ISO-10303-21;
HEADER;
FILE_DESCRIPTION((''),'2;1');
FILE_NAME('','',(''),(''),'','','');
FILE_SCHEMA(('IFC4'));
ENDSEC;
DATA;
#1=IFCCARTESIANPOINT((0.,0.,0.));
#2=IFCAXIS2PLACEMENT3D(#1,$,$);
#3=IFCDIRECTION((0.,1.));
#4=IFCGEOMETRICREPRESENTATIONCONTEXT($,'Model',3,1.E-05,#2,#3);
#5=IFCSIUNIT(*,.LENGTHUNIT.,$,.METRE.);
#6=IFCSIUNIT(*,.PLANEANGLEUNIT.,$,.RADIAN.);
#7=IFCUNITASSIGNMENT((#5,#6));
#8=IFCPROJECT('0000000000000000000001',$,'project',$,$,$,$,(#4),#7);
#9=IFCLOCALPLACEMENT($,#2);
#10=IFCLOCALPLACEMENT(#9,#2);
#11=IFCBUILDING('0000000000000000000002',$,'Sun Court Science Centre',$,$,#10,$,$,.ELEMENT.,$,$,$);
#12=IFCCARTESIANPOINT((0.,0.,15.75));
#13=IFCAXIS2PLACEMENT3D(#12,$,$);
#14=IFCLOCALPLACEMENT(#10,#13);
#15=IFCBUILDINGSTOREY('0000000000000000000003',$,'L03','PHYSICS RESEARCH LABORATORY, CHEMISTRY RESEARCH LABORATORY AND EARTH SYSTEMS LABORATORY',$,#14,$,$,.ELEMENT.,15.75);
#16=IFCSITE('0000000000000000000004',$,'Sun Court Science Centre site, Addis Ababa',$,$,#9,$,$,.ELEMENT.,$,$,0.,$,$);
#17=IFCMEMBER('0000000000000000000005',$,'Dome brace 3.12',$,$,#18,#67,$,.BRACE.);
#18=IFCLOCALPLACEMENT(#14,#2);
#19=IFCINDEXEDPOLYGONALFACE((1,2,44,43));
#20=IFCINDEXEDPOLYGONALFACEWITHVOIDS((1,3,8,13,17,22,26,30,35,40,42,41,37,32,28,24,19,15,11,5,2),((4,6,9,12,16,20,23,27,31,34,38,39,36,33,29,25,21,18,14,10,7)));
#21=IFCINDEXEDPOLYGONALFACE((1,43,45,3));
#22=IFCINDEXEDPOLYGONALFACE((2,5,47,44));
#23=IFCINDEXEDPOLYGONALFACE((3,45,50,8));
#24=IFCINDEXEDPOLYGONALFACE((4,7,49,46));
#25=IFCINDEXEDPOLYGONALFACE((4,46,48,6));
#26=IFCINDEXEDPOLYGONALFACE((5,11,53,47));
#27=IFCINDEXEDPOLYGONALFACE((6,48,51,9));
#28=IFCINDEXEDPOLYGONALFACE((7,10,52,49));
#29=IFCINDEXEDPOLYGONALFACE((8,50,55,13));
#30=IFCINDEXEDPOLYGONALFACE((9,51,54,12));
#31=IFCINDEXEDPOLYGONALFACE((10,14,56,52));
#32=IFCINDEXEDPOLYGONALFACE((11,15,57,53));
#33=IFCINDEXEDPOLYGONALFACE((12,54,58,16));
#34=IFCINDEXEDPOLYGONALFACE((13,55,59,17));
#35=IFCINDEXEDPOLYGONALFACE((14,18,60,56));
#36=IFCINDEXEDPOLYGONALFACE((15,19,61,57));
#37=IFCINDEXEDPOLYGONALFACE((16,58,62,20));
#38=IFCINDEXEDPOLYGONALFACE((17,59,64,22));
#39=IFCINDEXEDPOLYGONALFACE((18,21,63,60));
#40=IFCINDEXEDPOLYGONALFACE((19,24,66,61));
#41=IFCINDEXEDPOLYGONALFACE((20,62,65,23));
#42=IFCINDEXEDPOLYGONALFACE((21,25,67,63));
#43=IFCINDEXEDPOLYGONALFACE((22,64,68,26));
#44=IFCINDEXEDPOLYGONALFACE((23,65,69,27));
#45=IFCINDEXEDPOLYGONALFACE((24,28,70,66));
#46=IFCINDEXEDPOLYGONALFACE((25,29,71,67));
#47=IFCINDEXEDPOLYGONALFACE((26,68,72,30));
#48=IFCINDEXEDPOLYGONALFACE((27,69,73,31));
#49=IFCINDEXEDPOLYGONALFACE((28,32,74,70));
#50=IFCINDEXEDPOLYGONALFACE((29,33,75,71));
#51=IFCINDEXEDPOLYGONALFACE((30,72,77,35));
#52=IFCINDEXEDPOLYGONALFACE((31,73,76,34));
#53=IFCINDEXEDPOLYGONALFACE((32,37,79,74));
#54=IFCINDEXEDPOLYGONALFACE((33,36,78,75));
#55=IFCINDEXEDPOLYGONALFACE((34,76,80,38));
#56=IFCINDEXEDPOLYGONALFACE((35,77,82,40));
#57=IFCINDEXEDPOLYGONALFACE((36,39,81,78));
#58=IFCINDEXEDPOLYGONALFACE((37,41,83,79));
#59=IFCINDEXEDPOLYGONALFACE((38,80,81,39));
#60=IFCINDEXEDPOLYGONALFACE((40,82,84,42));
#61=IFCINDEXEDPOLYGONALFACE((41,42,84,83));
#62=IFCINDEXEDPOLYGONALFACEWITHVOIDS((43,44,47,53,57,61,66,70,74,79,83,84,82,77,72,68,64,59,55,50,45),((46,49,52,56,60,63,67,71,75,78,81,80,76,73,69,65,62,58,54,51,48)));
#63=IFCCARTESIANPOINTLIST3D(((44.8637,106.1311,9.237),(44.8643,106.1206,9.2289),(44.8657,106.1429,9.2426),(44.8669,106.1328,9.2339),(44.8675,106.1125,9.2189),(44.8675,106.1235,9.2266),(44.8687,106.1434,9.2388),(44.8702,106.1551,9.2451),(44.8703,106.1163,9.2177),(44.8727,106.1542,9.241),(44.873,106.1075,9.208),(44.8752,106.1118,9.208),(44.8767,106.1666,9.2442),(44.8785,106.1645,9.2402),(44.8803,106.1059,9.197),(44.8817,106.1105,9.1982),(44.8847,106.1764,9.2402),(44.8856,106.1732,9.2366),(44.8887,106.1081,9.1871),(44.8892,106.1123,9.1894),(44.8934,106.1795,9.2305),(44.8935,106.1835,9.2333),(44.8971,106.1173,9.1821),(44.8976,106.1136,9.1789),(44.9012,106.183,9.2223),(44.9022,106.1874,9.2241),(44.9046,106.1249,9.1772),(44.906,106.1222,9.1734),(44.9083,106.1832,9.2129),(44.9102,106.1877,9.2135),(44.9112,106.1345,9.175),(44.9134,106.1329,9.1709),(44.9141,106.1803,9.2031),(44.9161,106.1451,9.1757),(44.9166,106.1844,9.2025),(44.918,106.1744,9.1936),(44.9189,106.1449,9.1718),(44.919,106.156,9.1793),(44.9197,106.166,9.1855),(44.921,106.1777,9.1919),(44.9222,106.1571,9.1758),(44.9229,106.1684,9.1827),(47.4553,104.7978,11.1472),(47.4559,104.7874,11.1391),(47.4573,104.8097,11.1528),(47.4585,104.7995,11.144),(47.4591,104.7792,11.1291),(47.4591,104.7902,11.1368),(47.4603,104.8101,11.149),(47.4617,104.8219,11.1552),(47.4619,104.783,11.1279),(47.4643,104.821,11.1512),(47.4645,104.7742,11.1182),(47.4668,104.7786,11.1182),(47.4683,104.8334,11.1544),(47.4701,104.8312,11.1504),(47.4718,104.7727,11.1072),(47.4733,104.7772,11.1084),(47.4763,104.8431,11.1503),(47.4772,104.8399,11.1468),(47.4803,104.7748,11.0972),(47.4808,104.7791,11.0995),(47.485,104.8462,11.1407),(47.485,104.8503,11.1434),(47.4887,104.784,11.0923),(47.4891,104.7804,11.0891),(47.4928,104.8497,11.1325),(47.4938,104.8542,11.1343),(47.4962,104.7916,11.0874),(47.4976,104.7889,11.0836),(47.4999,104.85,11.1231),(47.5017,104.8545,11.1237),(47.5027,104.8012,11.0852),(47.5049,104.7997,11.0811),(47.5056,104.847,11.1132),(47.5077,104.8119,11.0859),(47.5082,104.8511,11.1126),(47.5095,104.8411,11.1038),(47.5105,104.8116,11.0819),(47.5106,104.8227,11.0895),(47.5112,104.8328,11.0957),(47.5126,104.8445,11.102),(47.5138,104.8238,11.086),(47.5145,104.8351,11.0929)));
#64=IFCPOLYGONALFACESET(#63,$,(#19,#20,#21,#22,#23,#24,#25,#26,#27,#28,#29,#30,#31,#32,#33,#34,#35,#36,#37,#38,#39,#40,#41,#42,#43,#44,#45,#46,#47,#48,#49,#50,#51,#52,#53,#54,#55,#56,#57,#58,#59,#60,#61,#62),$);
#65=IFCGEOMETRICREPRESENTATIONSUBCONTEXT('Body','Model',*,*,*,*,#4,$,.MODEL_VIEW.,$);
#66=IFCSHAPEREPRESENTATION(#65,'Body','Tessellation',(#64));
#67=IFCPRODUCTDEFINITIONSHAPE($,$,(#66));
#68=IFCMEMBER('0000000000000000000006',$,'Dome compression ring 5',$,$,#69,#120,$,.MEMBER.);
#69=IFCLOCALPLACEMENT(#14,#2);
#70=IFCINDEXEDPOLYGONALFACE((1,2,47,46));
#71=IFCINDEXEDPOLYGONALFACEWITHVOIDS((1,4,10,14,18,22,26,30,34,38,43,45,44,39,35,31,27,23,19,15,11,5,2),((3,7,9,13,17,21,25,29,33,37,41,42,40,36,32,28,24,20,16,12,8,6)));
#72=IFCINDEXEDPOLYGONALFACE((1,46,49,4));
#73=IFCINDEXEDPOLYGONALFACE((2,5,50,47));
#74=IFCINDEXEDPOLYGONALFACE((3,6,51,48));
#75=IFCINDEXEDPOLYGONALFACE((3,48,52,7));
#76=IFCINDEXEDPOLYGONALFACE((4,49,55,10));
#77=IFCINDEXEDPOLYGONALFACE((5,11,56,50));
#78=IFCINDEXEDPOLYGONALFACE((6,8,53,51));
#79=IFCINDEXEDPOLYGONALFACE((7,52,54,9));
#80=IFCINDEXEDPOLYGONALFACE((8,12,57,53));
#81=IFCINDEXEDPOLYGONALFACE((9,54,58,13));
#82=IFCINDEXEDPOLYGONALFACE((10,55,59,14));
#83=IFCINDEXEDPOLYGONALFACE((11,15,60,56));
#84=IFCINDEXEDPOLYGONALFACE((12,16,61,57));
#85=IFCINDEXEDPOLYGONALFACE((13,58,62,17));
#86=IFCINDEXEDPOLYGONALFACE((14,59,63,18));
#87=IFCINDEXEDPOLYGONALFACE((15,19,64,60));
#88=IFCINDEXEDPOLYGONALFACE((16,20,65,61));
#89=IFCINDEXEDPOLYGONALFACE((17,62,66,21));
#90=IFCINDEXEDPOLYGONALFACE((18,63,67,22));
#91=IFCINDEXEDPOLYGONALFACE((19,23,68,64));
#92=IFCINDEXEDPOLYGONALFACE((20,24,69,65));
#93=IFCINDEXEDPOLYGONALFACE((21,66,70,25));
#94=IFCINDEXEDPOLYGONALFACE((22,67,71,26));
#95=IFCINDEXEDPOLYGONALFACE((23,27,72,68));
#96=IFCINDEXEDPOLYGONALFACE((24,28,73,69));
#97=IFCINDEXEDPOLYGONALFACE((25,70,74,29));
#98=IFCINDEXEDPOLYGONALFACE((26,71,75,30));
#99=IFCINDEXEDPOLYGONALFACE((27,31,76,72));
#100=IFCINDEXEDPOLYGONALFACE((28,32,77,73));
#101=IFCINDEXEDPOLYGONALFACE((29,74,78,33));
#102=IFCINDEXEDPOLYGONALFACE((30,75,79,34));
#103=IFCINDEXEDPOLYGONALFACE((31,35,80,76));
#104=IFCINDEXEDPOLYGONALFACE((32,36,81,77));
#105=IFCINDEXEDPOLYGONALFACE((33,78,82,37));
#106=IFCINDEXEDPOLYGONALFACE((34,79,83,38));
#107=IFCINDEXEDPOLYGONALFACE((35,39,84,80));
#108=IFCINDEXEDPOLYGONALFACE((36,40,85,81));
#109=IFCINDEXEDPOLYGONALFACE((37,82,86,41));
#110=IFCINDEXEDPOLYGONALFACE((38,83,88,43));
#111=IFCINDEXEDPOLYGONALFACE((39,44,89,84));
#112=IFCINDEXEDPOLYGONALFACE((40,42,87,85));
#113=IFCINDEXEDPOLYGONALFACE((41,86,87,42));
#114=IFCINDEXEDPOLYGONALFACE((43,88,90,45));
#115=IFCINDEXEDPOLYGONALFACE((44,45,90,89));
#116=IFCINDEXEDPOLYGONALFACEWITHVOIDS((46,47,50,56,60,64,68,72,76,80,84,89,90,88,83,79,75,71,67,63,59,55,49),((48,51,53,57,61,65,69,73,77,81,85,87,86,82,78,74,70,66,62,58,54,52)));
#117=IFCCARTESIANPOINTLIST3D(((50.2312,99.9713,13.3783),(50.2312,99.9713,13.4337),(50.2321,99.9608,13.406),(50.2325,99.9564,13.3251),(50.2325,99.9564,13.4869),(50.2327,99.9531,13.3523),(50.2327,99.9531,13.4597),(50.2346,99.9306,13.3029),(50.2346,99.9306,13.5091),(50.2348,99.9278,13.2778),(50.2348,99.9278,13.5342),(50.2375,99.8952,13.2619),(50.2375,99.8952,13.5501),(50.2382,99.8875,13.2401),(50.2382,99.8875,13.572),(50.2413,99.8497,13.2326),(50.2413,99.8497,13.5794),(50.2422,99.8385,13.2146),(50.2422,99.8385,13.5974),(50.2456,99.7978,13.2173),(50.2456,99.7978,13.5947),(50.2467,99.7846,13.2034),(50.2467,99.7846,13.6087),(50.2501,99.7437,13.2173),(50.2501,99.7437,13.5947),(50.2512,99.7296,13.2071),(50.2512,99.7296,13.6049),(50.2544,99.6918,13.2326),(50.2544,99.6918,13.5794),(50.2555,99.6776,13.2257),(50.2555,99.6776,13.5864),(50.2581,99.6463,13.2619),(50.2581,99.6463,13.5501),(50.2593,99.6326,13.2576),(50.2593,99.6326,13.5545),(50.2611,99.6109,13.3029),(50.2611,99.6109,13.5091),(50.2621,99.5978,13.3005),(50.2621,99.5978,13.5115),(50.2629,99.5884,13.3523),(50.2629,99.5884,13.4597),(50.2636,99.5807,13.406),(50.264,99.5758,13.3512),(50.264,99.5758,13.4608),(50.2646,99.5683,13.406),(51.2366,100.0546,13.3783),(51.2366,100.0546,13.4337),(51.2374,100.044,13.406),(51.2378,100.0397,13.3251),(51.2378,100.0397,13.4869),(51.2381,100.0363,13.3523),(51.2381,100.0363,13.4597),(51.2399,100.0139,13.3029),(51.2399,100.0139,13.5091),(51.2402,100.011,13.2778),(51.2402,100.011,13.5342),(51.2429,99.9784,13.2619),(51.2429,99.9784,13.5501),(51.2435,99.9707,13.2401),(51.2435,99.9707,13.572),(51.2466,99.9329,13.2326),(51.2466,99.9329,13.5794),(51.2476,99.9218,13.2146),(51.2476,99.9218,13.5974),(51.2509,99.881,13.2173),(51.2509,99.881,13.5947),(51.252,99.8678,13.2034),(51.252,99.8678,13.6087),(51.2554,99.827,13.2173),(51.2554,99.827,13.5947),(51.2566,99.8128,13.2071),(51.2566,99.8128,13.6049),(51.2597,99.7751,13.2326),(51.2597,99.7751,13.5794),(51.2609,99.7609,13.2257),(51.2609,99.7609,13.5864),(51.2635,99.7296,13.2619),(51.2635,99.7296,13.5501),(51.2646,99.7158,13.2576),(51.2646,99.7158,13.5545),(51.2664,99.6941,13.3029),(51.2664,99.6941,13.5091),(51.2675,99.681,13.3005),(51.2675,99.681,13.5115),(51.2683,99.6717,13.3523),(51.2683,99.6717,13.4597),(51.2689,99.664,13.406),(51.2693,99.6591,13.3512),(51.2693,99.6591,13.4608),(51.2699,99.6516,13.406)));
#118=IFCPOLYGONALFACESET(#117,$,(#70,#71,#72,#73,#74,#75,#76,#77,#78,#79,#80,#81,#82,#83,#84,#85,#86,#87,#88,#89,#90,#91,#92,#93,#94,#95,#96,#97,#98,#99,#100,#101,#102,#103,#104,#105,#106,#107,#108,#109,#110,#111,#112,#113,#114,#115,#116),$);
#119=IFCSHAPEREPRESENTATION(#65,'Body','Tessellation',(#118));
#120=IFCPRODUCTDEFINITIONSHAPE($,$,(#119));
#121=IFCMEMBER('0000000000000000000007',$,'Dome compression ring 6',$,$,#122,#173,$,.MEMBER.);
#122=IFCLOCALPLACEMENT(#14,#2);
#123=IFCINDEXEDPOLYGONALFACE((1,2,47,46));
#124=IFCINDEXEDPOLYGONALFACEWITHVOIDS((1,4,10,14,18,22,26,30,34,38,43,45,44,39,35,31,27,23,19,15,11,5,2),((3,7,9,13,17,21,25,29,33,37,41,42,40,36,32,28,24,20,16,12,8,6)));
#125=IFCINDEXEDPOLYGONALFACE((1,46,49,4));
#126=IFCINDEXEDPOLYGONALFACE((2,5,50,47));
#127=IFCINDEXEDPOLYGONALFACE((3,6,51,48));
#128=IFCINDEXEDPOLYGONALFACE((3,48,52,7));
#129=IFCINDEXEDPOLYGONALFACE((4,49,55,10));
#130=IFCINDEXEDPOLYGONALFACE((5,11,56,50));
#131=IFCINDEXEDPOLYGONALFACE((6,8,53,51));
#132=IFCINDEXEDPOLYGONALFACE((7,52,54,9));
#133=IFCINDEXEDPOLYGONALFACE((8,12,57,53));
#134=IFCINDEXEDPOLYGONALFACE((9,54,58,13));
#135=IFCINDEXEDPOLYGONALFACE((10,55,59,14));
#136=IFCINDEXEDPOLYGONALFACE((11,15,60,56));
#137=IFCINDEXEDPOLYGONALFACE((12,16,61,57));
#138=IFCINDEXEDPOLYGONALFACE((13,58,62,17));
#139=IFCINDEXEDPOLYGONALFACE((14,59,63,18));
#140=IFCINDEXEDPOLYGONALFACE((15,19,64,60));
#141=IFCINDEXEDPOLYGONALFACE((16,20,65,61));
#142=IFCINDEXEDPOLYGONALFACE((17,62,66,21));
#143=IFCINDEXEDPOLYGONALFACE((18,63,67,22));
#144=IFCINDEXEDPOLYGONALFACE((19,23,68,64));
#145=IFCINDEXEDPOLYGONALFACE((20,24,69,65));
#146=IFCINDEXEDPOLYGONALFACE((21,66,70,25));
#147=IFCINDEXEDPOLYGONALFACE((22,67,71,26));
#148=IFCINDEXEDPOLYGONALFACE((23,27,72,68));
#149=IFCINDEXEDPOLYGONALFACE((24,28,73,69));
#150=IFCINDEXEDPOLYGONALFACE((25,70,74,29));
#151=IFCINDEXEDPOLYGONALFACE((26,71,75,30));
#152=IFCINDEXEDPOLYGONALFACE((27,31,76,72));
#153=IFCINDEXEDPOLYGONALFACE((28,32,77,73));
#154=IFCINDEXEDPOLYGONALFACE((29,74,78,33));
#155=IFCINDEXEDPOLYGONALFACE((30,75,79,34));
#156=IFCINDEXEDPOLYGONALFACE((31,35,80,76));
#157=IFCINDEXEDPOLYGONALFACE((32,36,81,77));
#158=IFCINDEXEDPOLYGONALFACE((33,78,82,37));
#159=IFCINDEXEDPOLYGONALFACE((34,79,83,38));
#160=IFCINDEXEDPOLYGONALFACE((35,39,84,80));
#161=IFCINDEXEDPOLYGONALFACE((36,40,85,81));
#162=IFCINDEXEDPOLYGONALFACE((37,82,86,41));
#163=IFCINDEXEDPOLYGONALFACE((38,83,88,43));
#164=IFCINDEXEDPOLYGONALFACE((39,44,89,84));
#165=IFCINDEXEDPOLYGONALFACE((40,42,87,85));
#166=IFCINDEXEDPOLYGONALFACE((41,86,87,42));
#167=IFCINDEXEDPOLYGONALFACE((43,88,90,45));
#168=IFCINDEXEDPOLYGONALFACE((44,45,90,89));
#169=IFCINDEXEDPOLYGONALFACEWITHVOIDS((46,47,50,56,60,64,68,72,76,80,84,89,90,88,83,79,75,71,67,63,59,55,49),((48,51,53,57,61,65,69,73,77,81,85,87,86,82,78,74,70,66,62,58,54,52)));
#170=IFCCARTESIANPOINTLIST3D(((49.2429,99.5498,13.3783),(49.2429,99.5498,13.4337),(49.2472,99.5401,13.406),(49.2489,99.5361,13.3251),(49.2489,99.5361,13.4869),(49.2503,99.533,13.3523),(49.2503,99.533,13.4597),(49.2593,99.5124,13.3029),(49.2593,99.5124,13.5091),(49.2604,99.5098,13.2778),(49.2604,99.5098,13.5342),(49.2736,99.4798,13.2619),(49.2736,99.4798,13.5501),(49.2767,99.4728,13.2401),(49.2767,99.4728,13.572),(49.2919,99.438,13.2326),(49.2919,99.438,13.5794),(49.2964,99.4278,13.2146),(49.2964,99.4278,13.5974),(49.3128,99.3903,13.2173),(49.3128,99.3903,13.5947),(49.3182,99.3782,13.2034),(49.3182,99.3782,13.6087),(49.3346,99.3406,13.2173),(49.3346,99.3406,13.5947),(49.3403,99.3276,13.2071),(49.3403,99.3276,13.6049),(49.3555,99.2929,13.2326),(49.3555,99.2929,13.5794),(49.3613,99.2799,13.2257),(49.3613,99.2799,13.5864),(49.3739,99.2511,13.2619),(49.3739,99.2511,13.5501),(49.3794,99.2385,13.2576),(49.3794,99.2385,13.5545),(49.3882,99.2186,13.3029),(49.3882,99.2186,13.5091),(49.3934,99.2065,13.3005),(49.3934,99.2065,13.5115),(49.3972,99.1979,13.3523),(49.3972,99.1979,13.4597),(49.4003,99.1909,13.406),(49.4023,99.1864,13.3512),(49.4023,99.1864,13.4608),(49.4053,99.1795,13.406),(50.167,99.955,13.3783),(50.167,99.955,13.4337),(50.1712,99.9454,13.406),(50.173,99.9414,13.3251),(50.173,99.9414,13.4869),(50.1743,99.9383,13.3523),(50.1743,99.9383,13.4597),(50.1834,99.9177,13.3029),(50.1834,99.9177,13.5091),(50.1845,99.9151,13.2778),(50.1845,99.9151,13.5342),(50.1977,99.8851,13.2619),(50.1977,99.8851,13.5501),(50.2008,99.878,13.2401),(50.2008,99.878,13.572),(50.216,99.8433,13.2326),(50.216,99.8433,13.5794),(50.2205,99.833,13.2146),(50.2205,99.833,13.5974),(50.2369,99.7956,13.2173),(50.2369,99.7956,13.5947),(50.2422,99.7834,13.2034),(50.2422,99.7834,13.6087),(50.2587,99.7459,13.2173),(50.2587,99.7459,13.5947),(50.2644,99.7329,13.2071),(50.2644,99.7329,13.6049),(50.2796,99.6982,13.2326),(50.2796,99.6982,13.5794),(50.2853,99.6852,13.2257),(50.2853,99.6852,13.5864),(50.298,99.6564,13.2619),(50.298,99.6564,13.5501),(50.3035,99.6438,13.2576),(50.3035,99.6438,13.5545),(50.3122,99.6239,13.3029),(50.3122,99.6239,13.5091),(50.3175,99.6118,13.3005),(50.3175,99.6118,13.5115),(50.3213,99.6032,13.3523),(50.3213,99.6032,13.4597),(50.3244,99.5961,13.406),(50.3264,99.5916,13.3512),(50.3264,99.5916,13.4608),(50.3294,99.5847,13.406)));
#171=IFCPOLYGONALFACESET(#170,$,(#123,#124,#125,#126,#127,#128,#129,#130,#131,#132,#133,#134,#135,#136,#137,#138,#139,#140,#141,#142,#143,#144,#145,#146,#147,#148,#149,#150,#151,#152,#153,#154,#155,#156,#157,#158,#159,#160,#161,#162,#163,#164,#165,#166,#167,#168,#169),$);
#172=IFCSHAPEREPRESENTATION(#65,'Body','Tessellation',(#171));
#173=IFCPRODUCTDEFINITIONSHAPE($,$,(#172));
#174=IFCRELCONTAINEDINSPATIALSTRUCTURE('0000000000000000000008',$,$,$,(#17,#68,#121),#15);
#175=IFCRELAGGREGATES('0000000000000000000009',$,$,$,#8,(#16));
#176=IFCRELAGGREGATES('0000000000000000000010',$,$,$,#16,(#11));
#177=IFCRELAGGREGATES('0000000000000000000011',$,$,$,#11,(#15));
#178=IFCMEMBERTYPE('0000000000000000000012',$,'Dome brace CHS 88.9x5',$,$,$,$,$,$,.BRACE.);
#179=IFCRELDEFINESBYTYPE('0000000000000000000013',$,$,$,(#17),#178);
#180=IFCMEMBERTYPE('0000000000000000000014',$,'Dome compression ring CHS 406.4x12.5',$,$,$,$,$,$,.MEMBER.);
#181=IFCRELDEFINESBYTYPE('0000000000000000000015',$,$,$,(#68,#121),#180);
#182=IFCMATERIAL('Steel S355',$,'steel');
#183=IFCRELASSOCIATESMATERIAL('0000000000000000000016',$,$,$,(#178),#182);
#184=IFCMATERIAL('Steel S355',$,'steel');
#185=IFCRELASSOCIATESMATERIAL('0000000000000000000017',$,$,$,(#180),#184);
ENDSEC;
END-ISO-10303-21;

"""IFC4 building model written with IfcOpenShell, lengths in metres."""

from ifc_helpers import new_model, si_unit, direction, frame, origin, origin_2d, place, context, subcontext, project, spatial, hollow_circle, extrude, material, material_profile, profile_set, type_object, element, save


model = new_model("IFC4")

# Units and contexts
model_context = context("Model", 3, precision=1e-05, world=origin(), true_north=direction((0.0, 1.0)))
body_context = subcontext(model_context, "Body", "Model", "MODEL_VIEW")
ifc_project = project(units=[si_unit("LENGTHUNIT", "METRE"), si_unit("PLANEANGLEUNIT", "RADIAN")], contexts=[model_context])

# Site, building, storey
site_placement = place(None, origin())
site = spatial("IfcSite", under=ifc_project, at=site_placement, Name="Sun Court Science Centre site, Addis Ababa", CompositionType="ELEMENT", RefElevation=0.0)
building_placement = place(site_placement, origin())
building = spatial("IfcBuilding", under=site, at=building_placement, Name="Sun Court Science Centre", CompositionType="ELEMENT")
storey_placement = place(building_placement, frame((0.0, 0.0, 15.75)))
storey = spatial("IfcBuildingStorey", under=building, at=storey_placement, Name="L03", Description="PHYSICS RESEARCH LABORATORY, CHEMISTRY RESEARCH LABORATORY AND EARTH SYSTEMS LABORATORY", CompositionType="ELEMENT", Elevation=15.75)

# Members
ifc_material_1 = material(Name="Steel S355", Category="steel")
ifc_material_profile_1 = material_profile(ifc_material_1, hollow_circle(Radius=0.0444, WallThickness=0.0049, at=origin_2d()), Name="CHS 88.9x5")
ifc_profile_set_1 = profile_set([ifc_material_profile_1], Name="Steel S355")
member_type_1 = type_object("IfcMemberType", Name="Dome brace CHS 88.9x5", PredefinedType="BRACE", material=ifc_profile_set_1)
member_1_placement = place(storey_placement, frame((47.4849, 104.8137, 11.1182), z_axis=(-0.743717, 0.382613, -0.548172), x_axis=(-0.457471, -0.889225, 0.0)))
element("IfcMember", 1, at=member_1_placement, inside=storey, type_object=member_type_1, Name="Dome brace 3.12", PredefinedType="BRACE", context=body_context, shape_type="SweptSolid", body=[
    extrude(hollow_circle(Radius=0.0444, WallThickness=0.0049, at=origin_2d()), origin(), (0.0, 0.0, 1.0), 3.4846),
])
ifc_material_2 = material(Name="Steel S355", Category="steel")
ifc_material_profile_2 = material_profile(ifc_material_2, hollow_circle(Radius=0.2031, WallThickness=0.0125, at=origin_2d()), Name="CHS 406.4x12.5")
ifc_profile_set_2 = profile_set([ifc_material_profile_2], Name="Steel S355")
member_type_2 = type_object("IfcMemberType", Name="Dome compression ring CHS 406.4x12.5", PredefinedType="MEMBER", material=ifc_profile_set_2)
member_2_placement = place(storey_placement, frame((51.2532, 99.854, 13.406), z_axis=(-0.996589, -0.082525, 0.0), x_axis=(0.082525, -0.996589, 0.0)))
element("IfcMember", 2, at=member_2_placement, inside=storey, type_object=member_type_2, Name="Dome compression ring 5", PredefinedType="MEMBER", context=body_context, shape_type="SweptSolid", body=[
    extrude(hollow_circle(Radius=0.2031, WallThickness=0.0125, at=origin_2d()), origin(), (0.0, 0.0, 1.0), 1.0088),
])
member_3_placement = place(storey_placement, frame((50.2478, 99.7708, 13.406), z_axis=(-0.915796, -0.401644, 0.0), x_axis=(0.401644, -0.915796, 0.0)))
element("IfcMember", 3, at=member_3_placement, inside=storey, type_object=member_type_2, Name="Dome compression ring 6", PredefinedType="MEMBER", context=body_context, shape_type="SweptSolid", body=[
    extrude(hollow_circle(Radius=0.2031, WallThickness=0.0125, at=origin_2d()), origin(), (0.0, 0.0, 1.0), 1.009),
])

save(model, "model.ifc")
